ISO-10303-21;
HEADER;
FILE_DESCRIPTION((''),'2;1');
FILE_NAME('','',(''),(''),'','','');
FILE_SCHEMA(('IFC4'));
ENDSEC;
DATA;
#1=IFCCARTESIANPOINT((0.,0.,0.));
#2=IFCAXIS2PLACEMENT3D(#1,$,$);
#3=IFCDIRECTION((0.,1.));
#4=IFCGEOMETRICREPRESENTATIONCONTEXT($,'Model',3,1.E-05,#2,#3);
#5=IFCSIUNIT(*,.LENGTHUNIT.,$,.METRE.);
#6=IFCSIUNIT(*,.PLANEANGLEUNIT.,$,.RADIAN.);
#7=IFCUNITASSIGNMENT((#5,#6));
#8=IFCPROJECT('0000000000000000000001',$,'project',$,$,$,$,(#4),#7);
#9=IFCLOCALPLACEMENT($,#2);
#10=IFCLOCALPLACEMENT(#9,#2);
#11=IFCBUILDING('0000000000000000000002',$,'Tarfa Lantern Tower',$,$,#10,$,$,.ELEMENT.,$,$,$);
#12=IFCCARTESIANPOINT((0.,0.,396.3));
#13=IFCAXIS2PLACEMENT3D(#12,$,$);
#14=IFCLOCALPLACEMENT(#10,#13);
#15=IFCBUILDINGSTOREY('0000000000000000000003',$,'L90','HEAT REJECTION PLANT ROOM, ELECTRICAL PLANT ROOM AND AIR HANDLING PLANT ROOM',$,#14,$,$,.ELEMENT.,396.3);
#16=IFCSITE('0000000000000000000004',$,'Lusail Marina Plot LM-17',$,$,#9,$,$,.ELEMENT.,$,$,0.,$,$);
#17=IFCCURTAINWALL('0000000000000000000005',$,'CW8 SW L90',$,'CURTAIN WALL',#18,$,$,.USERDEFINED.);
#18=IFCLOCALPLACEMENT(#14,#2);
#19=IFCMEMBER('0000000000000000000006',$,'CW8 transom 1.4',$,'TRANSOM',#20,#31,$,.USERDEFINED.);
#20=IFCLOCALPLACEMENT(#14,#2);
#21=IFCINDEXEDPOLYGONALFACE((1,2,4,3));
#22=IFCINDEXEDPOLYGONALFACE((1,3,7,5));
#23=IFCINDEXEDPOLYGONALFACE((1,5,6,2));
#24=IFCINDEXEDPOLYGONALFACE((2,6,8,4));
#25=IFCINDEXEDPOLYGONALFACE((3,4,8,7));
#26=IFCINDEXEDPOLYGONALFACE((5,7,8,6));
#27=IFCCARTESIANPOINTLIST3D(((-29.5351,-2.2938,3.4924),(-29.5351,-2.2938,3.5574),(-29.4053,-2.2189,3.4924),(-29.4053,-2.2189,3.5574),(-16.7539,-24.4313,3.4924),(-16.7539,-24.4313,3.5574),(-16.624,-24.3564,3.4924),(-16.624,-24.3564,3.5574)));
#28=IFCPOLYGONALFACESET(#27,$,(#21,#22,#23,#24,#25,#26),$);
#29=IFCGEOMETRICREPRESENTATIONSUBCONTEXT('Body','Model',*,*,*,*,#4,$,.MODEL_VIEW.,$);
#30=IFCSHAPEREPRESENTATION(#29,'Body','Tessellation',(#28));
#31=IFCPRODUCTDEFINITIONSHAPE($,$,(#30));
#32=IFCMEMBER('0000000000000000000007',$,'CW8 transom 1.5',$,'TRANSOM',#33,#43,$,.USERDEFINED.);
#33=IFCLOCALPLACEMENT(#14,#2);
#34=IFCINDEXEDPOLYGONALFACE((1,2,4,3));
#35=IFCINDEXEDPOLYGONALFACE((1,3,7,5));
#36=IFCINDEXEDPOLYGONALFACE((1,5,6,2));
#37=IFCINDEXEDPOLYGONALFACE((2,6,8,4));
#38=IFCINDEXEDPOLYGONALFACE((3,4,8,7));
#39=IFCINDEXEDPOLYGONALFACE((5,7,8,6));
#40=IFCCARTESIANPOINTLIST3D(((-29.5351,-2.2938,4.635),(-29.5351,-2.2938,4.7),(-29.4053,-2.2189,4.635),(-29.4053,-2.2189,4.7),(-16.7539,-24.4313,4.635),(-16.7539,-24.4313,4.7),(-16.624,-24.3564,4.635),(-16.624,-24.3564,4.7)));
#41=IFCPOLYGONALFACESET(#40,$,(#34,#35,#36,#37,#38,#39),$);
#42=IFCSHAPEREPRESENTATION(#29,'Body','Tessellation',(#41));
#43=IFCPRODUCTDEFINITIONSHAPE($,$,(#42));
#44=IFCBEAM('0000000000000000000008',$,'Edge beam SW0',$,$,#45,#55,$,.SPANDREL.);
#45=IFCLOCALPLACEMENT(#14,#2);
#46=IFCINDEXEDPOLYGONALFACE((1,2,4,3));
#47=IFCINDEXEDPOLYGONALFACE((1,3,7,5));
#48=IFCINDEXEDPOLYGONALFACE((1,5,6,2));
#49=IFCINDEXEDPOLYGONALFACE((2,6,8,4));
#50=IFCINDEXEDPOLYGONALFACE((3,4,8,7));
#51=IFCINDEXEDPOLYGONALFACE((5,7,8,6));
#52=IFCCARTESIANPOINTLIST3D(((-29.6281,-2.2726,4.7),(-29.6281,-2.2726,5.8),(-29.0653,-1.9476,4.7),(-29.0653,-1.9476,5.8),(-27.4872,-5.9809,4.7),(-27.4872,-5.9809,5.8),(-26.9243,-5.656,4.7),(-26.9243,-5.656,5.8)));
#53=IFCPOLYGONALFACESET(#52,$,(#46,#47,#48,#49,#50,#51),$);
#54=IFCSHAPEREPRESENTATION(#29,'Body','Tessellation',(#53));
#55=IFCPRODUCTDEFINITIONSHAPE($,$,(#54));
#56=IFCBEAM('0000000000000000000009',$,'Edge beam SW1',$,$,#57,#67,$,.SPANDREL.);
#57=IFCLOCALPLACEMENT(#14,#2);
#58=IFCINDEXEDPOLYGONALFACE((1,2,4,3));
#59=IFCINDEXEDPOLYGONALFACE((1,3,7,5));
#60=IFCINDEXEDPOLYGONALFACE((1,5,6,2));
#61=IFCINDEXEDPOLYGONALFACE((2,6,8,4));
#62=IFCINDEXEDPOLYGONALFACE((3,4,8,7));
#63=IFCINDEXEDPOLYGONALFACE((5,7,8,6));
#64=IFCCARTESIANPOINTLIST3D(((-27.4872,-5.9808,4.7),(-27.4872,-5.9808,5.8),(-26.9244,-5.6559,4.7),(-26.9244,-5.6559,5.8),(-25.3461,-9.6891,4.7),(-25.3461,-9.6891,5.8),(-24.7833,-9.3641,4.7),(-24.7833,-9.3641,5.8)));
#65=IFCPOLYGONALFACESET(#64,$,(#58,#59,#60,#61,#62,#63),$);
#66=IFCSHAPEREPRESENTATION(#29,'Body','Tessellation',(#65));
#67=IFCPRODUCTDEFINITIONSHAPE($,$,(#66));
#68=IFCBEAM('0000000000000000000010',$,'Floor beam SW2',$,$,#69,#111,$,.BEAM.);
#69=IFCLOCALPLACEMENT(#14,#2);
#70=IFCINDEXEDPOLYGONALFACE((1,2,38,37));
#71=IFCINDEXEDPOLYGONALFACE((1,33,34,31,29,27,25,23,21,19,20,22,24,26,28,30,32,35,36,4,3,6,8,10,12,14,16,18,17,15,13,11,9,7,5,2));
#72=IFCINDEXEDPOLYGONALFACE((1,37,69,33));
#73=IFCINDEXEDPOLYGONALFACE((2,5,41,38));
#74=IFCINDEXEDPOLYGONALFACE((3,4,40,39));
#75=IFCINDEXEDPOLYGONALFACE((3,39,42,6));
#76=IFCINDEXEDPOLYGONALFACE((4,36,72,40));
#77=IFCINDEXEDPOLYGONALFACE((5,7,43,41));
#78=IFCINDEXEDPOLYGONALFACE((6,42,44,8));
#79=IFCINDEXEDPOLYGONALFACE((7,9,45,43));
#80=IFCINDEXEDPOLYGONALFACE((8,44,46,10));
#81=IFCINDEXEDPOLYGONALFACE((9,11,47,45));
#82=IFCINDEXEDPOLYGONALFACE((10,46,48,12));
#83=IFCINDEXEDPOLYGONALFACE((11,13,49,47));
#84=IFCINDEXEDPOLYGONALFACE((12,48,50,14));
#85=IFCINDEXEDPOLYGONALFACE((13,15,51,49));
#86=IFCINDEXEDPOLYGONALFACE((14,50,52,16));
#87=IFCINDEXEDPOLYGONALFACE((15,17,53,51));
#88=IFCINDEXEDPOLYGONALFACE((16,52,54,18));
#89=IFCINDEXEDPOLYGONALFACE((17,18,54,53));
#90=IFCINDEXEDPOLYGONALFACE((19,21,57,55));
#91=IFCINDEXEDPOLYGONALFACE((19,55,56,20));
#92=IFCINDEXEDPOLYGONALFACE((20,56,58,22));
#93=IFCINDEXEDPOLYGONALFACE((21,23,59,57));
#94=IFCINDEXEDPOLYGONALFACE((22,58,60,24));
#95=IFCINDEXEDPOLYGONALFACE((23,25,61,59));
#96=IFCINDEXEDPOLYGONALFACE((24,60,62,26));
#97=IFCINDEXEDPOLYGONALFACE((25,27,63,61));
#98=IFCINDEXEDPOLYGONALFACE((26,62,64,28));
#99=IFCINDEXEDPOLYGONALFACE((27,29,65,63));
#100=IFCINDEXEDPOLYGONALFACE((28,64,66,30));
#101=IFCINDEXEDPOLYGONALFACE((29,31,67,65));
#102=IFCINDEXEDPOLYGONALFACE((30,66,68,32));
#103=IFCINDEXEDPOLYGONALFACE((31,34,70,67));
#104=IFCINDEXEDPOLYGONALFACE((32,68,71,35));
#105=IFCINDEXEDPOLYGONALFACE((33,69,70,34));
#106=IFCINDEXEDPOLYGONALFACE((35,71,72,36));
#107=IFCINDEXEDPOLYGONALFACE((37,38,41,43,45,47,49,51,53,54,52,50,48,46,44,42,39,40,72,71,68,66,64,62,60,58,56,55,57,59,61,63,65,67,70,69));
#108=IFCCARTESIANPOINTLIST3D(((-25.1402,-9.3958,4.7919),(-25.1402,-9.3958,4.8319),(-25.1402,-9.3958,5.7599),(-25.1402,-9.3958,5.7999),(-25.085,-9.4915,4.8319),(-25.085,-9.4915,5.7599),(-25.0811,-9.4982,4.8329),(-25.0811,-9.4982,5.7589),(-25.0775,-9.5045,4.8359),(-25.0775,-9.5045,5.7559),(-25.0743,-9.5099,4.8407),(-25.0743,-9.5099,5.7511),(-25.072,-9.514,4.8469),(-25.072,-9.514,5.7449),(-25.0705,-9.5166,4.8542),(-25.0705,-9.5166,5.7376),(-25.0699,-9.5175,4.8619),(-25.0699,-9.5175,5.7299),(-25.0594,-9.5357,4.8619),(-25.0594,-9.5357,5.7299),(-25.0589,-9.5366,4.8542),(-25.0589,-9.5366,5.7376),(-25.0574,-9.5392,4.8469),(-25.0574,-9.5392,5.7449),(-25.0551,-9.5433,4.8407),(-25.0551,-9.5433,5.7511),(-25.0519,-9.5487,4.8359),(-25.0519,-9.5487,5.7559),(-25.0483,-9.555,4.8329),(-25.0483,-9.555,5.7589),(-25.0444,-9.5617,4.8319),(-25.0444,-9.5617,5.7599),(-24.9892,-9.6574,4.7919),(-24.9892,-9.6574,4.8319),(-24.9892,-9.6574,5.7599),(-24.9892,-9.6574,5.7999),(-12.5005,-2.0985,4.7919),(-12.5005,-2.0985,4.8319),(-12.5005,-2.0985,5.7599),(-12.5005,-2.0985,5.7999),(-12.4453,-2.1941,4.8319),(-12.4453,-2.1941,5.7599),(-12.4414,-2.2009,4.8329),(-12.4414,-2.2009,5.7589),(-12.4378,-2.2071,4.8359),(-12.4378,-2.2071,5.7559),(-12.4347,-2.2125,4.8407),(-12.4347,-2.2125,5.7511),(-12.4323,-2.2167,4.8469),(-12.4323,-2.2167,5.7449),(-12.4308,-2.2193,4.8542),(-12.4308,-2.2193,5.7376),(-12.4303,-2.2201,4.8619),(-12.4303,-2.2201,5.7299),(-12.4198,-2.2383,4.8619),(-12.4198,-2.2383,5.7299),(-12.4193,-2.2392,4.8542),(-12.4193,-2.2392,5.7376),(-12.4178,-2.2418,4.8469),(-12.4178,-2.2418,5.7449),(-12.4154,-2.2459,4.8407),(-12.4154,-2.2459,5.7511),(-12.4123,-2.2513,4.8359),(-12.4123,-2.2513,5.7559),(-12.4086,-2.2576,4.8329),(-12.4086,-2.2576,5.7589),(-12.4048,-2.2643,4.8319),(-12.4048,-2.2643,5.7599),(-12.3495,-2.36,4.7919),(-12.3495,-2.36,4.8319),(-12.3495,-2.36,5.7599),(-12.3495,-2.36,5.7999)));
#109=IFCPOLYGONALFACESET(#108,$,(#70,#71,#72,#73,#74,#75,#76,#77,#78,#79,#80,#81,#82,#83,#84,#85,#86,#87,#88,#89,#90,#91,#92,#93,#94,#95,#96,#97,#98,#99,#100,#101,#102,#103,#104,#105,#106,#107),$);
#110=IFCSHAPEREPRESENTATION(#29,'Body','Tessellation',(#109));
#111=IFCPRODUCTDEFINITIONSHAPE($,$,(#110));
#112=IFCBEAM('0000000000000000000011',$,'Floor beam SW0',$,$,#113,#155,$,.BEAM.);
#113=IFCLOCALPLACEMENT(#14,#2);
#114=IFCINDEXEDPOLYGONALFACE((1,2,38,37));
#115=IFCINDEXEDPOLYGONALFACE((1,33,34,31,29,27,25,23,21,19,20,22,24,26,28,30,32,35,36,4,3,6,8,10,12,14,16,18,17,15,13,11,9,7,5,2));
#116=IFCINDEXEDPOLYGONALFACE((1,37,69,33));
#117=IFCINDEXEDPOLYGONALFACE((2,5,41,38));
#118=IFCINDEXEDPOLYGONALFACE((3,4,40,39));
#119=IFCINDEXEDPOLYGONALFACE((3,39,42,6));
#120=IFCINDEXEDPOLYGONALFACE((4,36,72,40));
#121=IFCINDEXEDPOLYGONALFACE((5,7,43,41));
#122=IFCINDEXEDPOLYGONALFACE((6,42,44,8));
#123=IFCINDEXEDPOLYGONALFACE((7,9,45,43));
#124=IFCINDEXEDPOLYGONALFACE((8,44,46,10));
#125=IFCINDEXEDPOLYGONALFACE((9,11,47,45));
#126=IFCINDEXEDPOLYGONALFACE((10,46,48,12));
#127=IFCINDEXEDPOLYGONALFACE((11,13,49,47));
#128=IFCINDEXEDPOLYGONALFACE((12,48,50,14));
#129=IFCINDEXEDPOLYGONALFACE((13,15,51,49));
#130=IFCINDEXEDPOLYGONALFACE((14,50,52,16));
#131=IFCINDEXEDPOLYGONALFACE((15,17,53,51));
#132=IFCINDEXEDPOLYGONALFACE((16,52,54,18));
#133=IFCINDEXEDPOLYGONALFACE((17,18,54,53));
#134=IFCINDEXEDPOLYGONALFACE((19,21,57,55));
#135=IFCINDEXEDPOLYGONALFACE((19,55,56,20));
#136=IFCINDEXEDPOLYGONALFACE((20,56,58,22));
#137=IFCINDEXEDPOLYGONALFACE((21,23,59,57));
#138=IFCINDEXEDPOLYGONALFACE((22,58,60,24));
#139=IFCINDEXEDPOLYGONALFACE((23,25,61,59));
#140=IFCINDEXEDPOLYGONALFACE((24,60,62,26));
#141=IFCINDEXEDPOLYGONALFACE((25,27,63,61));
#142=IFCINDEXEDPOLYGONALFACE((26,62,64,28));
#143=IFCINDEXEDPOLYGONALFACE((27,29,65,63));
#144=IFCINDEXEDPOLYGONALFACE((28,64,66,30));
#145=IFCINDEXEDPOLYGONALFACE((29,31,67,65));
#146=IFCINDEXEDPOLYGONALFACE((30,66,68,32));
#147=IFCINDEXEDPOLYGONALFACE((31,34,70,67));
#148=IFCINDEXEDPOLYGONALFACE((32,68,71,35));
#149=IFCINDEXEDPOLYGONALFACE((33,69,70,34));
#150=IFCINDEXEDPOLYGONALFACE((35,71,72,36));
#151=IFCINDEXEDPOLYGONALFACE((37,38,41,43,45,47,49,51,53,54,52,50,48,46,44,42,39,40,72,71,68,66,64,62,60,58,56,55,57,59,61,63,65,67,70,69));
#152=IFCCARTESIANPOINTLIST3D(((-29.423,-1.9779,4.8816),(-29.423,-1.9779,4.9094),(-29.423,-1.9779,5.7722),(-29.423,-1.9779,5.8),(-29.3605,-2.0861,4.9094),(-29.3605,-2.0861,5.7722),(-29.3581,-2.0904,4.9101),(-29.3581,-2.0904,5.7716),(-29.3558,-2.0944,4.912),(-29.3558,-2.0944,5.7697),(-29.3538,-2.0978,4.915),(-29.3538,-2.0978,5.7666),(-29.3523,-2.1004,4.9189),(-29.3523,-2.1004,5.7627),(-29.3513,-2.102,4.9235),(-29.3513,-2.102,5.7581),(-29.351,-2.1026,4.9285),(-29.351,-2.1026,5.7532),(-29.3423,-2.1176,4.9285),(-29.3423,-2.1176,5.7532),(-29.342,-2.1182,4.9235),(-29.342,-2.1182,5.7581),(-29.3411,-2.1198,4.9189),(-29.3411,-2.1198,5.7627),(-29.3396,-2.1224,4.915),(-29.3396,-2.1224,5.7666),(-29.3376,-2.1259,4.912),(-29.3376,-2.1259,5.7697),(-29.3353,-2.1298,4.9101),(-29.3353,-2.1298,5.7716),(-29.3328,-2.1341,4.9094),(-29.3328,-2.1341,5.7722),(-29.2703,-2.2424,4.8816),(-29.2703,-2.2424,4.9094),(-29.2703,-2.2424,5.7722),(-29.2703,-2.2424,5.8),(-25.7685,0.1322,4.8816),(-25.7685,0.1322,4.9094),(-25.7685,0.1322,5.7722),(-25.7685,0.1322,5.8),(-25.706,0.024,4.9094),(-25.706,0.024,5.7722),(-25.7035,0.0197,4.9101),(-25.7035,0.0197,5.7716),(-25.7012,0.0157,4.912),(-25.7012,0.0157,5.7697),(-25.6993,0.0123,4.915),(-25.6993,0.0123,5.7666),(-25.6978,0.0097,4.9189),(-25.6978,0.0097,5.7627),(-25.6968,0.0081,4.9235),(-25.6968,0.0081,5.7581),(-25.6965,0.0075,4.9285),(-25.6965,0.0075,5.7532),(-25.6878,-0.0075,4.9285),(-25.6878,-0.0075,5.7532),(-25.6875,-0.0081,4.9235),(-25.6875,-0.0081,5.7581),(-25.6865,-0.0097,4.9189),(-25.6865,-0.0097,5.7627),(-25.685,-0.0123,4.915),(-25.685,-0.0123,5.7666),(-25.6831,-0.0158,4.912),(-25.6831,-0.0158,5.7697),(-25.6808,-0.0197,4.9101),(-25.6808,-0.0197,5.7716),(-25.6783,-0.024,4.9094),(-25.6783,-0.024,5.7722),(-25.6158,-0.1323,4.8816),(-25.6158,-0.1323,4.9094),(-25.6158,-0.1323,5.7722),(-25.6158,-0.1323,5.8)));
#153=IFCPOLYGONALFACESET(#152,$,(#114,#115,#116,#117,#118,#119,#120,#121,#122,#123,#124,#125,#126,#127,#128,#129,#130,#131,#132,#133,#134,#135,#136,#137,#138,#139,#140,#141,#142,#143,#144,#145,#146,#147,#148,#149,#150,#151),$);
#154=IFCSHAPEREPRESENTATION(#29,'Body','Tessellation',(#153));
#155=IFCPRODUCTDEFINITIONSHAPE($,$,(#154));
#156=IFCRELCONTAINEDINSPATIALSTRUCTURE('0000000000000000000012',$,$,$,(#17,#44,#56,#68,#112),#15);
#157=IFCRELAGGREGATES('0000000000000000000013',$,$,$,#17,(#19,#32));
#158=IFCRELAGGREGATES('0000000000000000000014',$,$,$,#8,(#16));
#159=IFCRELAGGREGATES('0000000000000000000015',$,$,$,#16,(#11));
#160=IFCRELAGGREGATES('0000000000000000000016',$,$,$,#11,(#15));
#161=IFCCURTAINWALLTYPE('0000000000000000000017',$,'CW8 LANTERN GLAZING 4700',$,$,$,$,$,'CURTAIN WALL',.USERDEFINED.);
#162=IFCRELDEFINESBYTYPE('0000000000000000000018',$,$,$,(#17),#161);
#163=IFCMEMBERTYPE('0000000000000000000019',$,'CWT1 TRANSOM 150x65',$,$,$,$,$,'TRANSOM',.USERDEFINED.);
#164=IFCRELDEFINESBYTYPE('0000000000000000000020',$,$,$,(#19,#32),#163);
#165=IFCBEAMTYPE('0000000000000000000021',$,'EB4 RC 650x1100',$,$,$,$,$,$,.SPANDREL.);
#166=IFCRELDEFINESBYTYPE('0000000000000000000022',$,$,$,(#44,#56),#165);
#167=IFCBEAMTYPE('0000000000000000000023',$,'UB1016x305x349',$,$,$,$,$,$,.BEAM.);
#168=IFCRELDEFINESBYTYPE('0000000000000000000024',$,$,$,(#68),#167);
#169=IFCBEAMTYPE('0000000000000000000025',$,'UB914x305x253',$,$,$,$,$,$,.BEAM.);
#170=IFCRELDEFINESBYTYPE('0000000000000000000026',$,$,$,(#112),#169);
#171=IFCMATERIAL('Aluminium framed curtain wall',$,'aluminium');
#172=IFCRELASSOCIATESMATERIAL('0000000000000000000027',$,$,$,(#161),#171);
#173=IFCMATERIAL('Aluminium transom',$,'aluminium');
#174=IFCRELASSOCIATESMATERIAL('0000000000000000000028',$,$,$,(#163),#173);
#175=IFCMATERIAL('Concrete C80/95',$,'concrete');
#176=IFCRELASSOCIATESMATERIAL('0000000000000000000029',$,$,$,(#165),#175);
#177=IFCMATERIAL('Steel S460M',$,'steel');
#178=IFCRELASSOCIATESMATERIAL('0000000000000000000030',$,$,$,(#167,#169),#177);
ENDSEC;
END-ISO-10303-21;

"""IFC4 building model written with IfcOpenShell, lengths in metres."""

from ifc_helpers import new_model, si_unit, direction, frame, origin, origin_2d, place, context, subcontext, project, spatial, rectangle, i_section, extrude, material, material_profile, profile_set, type_object, element, aggregate, save


model = new_model("IFC4")

# Units and contexts
model_context = context("Model", 3, precision=1e-05, world=origin(), true_north=direction((0.0, 1.0)))
body_context = subcontext(model_context, "Body", "Model", "MODEL_VIEW")
ifc_project = project(units=[si_unit("LENGTHUNIT", "METRE"), si_unit("PLANEANGLEUNIT", "RADIAN")], contexts=[model_context])

# Site, building, storey
site_placement = place(None, origin())
site = spatial("IfcSite", under=ifc_project, at=site_placement, Name="Lusail Marina Plot LM-17", CompositionType="ELEMENT", RefElevation=0.0)
building_placement = place(site_placement, origin())
building = spatial("IfcBuilding", under=site, at=building_placement, Name="Tarfa Lantern Tower", CompositionType="ELEMENT")
storey_placement = place(building_placement, frame((0.0, 0.0, 396.3)))
storey = spatial("IfcBuildingStorey", under=building, at=storey_placement, Name="L90", Description="HEAT REJECTION PLANT ROOM, ELECTRICAL PLANT ROOM AND AIR HANDLING PLANT ROOM", CompositionType="ELEMENT", Elevation=396.3)

# Shared definitions
ifc_material_1 = material(Name="Concrete C80/95", Category="concrete")

# Curtain wall
ifc_material_2 = material(Name="Aluminium framed curtain wall", Category="aluminium")
curtain_wall_type = type_object("IfcCurtainWallType", Name="CW8 LANTERN GLAZING 4700", ElementType="CURTAIN WALL", PredefinedType="USERDEFINED", material=ifc_material_2)
curtain_wall_1_placement = place(storey_placement, origin())
curtain_wall_1 = element("IfcCurtainWall", 1, at=curtain_wall_1_placement, inside=storey, type_object=curtain_wall_type, Name="CW8 SW L90", ObjectType="CURTAIN WALL", PredefinedType="USERDEFINED")

# Members
ifc_material_3 = material(Name="Aluminium transom", Category="aluminium")
ifc_material_profile_1 = material_profile(ifc_material_3, rectangle(XDim=0.1499, YDim=0.0649, at=origin_2d()), Name="AL TRANSOM 150x65")
ifc_profile_set_1 = profile_set([ifc_material_profile_1], Name="Aluminium transom")
member_type_1 = type_object("IfcMemberType", Name="CWT1 TRANSOM 150x65", ElementType="TRANSOM", PredefinedType="USERDEFINED", material=ifc_profile_set_1)
member_1_placement = place(storey_placement, frame((-29.4702, -2.2563, 3.5249), z_axis=(0.500005, -0.866022, 0.0), x_axis=(0.866022, 0.500005, 0.0)))
member_1 = element("IfcMember", 2, at=member_1_placement, type_object=member_type_1, Name="CW8 transom 1.4", ObjectType="TRANSOM", PredefinedType="USERDEFINED", context=body_context, shape_type="SweptSolid", body=[
    extrude(rectangle(XDim=0.1499, YDim=0.0649, at=origin_2d()), origin(), (0.0, 0.0, 1.0), 25.5623),
])
member_2_placement = place(storey_placement, frame((-29.4702, -2.2563, 4.6675), z_axis=(0.500005, -0.866022, 0.0), x_axis=(0.866022, 0.500005, 0.0)))
member_2 = element("IfcMember", 3, at=member_2_placement, type_object=member_type_1, Name="CW8 transom 1.5", ObjectType="TRANSOM", PredefinedType="USERDEFINED", context=body_context, shape_type="SweptSolid", body=[
    extrude(rectangle(XDim=0.1499, YDim=0.0649, at=origin_2d()), origin(), (0.0, 0.0, 1.0), 25.5623),
])

# Beams
ifc_material_profile_2 = material_profile(ifc_material_1, rectangle(XDim=0.6499, YDim=1.1001, at=origin_2d()), Name="RC 650x1100")
ifc_profile_set_2 = profile_set([ifc_material_profile_2], Name="Concrete C80/95")
beam_type_1 = type_object("IfcBeamType", Name="EB4 RC 650x1100", PredefinedType="SPANDREL", material=ifc_profile_set_2)
for number, where, z_axis, x_axis, name in (
    (4, (-29.3467, -2.1101, 5.25), (0.499984, -0.866035, 0.0), (0.866035, 0.499984, 0.0), "Edge beam SW0"),
    (5, (-27.2058, -5.8184, 5.25), (0.500027, -0.86601, 0.0), (0.86601, 0.500027, 0.0), "Edge beam SW1"),
):
    element("IfcBeam", number, at=place(storey_placement, frame(where, z_axis=z_axis, x_axis=x_axis)), inside=storey, type_object=beam_type_1, Name=name, PredefinedType="SPANDREL", context=body_context, shape_type="SweptSolid", body=[
        extrude(rectangle(XDim=0.6499, YDim=1.1001, at=origin_2d()), origin(), (0.0, 0.0, 1.0), 4.282),
    ])
ifc_material_4 = material(Name="Steel S460M", Category="steel")
ifc_material_profile_3 = material_profile(ifc_material_4, i_section(OverallWidth=0.302, OverallDepth=1.0081, WebThickness=0.021, FlangeThickness=0.04, FilletRadius=0.03, at=origin_2d()), Name="UB1016x305x349")
ifc_profile_set_3 = profile_set([ifc_material_profile_3], Name="Steel S460M")
beam_type_2 = type_object("IfcBeamType", Name="UB1016x305x349", PredefinedType="BEAM", material=ifc_profile_set_3)
beam_1_placement = place(storey_placement, frame((-25.0647, -9.5266, 5.2959), z_axis=(0.86603, 0.499993, 0.0), x_axis=(-0.499993, 0.86603, 0.0)))
element("IfcBeam", 6, at=beam_1_placement, inside=storey, type_object=beam_type_2, Name="Floor beam SW2", PredefinedType="BEAM", context=body_context, shape_type="SweptSolid", body=[
    extrude(i_section(OverallWidth=0.302, OverallDepth=1.0081, WebThickness=0.021, FlangeThickness=0.04, FilletRadius=0.03, at=origin_2d()), origin(), (0.0, 0.0, 1.0), 14.595),
])
ifc_material_profile_4 = material_profile(ifc_material_4, i_section(OverallWidth=0.3054, OverallDepth=0.9185, WebThickness=0.0173, FlangeThickness=0.0278, FilletRadius=0.019, at=origin_2d()), Name="UB914x305x253")
ifc_profile_set_4 = profile_set([ifc_material_profile_4], Name="Steel S460M")
beam_type_3 = type_object("IfcBeamType", Name="UB914x305x253", PredefinedType="BEAM", material=ifc_profile_set_4)
beam_2_placement = place(storey_placement, frame((-29.3467, -2.1101, 5.3408), z_axis=(0.866009, 0.500028, 0.0), x_axis=(-0.500028, 0.866009, 0.0)))
element("IfcBeam", 7, at=beam_2_placement, inside=storey, type_object=beam_type_3, Name="Floor beam SW0", PredefinedType="BEAM", context=body_context, shape_type="SweptSolid", body=[
    extrude(i_section(OverallWidth=0.3054, OverallDepth=0.9185, WebThickness=0.0173, FlangeThickness=0.0278, FilletRadius=0.019, at=origin_2d()), origin(), (0.0, 0.0, 1.0), 4.22),
])

aggregate(curtain_wall_1, [member_1, member_2])

save(model, "model.ifc")
